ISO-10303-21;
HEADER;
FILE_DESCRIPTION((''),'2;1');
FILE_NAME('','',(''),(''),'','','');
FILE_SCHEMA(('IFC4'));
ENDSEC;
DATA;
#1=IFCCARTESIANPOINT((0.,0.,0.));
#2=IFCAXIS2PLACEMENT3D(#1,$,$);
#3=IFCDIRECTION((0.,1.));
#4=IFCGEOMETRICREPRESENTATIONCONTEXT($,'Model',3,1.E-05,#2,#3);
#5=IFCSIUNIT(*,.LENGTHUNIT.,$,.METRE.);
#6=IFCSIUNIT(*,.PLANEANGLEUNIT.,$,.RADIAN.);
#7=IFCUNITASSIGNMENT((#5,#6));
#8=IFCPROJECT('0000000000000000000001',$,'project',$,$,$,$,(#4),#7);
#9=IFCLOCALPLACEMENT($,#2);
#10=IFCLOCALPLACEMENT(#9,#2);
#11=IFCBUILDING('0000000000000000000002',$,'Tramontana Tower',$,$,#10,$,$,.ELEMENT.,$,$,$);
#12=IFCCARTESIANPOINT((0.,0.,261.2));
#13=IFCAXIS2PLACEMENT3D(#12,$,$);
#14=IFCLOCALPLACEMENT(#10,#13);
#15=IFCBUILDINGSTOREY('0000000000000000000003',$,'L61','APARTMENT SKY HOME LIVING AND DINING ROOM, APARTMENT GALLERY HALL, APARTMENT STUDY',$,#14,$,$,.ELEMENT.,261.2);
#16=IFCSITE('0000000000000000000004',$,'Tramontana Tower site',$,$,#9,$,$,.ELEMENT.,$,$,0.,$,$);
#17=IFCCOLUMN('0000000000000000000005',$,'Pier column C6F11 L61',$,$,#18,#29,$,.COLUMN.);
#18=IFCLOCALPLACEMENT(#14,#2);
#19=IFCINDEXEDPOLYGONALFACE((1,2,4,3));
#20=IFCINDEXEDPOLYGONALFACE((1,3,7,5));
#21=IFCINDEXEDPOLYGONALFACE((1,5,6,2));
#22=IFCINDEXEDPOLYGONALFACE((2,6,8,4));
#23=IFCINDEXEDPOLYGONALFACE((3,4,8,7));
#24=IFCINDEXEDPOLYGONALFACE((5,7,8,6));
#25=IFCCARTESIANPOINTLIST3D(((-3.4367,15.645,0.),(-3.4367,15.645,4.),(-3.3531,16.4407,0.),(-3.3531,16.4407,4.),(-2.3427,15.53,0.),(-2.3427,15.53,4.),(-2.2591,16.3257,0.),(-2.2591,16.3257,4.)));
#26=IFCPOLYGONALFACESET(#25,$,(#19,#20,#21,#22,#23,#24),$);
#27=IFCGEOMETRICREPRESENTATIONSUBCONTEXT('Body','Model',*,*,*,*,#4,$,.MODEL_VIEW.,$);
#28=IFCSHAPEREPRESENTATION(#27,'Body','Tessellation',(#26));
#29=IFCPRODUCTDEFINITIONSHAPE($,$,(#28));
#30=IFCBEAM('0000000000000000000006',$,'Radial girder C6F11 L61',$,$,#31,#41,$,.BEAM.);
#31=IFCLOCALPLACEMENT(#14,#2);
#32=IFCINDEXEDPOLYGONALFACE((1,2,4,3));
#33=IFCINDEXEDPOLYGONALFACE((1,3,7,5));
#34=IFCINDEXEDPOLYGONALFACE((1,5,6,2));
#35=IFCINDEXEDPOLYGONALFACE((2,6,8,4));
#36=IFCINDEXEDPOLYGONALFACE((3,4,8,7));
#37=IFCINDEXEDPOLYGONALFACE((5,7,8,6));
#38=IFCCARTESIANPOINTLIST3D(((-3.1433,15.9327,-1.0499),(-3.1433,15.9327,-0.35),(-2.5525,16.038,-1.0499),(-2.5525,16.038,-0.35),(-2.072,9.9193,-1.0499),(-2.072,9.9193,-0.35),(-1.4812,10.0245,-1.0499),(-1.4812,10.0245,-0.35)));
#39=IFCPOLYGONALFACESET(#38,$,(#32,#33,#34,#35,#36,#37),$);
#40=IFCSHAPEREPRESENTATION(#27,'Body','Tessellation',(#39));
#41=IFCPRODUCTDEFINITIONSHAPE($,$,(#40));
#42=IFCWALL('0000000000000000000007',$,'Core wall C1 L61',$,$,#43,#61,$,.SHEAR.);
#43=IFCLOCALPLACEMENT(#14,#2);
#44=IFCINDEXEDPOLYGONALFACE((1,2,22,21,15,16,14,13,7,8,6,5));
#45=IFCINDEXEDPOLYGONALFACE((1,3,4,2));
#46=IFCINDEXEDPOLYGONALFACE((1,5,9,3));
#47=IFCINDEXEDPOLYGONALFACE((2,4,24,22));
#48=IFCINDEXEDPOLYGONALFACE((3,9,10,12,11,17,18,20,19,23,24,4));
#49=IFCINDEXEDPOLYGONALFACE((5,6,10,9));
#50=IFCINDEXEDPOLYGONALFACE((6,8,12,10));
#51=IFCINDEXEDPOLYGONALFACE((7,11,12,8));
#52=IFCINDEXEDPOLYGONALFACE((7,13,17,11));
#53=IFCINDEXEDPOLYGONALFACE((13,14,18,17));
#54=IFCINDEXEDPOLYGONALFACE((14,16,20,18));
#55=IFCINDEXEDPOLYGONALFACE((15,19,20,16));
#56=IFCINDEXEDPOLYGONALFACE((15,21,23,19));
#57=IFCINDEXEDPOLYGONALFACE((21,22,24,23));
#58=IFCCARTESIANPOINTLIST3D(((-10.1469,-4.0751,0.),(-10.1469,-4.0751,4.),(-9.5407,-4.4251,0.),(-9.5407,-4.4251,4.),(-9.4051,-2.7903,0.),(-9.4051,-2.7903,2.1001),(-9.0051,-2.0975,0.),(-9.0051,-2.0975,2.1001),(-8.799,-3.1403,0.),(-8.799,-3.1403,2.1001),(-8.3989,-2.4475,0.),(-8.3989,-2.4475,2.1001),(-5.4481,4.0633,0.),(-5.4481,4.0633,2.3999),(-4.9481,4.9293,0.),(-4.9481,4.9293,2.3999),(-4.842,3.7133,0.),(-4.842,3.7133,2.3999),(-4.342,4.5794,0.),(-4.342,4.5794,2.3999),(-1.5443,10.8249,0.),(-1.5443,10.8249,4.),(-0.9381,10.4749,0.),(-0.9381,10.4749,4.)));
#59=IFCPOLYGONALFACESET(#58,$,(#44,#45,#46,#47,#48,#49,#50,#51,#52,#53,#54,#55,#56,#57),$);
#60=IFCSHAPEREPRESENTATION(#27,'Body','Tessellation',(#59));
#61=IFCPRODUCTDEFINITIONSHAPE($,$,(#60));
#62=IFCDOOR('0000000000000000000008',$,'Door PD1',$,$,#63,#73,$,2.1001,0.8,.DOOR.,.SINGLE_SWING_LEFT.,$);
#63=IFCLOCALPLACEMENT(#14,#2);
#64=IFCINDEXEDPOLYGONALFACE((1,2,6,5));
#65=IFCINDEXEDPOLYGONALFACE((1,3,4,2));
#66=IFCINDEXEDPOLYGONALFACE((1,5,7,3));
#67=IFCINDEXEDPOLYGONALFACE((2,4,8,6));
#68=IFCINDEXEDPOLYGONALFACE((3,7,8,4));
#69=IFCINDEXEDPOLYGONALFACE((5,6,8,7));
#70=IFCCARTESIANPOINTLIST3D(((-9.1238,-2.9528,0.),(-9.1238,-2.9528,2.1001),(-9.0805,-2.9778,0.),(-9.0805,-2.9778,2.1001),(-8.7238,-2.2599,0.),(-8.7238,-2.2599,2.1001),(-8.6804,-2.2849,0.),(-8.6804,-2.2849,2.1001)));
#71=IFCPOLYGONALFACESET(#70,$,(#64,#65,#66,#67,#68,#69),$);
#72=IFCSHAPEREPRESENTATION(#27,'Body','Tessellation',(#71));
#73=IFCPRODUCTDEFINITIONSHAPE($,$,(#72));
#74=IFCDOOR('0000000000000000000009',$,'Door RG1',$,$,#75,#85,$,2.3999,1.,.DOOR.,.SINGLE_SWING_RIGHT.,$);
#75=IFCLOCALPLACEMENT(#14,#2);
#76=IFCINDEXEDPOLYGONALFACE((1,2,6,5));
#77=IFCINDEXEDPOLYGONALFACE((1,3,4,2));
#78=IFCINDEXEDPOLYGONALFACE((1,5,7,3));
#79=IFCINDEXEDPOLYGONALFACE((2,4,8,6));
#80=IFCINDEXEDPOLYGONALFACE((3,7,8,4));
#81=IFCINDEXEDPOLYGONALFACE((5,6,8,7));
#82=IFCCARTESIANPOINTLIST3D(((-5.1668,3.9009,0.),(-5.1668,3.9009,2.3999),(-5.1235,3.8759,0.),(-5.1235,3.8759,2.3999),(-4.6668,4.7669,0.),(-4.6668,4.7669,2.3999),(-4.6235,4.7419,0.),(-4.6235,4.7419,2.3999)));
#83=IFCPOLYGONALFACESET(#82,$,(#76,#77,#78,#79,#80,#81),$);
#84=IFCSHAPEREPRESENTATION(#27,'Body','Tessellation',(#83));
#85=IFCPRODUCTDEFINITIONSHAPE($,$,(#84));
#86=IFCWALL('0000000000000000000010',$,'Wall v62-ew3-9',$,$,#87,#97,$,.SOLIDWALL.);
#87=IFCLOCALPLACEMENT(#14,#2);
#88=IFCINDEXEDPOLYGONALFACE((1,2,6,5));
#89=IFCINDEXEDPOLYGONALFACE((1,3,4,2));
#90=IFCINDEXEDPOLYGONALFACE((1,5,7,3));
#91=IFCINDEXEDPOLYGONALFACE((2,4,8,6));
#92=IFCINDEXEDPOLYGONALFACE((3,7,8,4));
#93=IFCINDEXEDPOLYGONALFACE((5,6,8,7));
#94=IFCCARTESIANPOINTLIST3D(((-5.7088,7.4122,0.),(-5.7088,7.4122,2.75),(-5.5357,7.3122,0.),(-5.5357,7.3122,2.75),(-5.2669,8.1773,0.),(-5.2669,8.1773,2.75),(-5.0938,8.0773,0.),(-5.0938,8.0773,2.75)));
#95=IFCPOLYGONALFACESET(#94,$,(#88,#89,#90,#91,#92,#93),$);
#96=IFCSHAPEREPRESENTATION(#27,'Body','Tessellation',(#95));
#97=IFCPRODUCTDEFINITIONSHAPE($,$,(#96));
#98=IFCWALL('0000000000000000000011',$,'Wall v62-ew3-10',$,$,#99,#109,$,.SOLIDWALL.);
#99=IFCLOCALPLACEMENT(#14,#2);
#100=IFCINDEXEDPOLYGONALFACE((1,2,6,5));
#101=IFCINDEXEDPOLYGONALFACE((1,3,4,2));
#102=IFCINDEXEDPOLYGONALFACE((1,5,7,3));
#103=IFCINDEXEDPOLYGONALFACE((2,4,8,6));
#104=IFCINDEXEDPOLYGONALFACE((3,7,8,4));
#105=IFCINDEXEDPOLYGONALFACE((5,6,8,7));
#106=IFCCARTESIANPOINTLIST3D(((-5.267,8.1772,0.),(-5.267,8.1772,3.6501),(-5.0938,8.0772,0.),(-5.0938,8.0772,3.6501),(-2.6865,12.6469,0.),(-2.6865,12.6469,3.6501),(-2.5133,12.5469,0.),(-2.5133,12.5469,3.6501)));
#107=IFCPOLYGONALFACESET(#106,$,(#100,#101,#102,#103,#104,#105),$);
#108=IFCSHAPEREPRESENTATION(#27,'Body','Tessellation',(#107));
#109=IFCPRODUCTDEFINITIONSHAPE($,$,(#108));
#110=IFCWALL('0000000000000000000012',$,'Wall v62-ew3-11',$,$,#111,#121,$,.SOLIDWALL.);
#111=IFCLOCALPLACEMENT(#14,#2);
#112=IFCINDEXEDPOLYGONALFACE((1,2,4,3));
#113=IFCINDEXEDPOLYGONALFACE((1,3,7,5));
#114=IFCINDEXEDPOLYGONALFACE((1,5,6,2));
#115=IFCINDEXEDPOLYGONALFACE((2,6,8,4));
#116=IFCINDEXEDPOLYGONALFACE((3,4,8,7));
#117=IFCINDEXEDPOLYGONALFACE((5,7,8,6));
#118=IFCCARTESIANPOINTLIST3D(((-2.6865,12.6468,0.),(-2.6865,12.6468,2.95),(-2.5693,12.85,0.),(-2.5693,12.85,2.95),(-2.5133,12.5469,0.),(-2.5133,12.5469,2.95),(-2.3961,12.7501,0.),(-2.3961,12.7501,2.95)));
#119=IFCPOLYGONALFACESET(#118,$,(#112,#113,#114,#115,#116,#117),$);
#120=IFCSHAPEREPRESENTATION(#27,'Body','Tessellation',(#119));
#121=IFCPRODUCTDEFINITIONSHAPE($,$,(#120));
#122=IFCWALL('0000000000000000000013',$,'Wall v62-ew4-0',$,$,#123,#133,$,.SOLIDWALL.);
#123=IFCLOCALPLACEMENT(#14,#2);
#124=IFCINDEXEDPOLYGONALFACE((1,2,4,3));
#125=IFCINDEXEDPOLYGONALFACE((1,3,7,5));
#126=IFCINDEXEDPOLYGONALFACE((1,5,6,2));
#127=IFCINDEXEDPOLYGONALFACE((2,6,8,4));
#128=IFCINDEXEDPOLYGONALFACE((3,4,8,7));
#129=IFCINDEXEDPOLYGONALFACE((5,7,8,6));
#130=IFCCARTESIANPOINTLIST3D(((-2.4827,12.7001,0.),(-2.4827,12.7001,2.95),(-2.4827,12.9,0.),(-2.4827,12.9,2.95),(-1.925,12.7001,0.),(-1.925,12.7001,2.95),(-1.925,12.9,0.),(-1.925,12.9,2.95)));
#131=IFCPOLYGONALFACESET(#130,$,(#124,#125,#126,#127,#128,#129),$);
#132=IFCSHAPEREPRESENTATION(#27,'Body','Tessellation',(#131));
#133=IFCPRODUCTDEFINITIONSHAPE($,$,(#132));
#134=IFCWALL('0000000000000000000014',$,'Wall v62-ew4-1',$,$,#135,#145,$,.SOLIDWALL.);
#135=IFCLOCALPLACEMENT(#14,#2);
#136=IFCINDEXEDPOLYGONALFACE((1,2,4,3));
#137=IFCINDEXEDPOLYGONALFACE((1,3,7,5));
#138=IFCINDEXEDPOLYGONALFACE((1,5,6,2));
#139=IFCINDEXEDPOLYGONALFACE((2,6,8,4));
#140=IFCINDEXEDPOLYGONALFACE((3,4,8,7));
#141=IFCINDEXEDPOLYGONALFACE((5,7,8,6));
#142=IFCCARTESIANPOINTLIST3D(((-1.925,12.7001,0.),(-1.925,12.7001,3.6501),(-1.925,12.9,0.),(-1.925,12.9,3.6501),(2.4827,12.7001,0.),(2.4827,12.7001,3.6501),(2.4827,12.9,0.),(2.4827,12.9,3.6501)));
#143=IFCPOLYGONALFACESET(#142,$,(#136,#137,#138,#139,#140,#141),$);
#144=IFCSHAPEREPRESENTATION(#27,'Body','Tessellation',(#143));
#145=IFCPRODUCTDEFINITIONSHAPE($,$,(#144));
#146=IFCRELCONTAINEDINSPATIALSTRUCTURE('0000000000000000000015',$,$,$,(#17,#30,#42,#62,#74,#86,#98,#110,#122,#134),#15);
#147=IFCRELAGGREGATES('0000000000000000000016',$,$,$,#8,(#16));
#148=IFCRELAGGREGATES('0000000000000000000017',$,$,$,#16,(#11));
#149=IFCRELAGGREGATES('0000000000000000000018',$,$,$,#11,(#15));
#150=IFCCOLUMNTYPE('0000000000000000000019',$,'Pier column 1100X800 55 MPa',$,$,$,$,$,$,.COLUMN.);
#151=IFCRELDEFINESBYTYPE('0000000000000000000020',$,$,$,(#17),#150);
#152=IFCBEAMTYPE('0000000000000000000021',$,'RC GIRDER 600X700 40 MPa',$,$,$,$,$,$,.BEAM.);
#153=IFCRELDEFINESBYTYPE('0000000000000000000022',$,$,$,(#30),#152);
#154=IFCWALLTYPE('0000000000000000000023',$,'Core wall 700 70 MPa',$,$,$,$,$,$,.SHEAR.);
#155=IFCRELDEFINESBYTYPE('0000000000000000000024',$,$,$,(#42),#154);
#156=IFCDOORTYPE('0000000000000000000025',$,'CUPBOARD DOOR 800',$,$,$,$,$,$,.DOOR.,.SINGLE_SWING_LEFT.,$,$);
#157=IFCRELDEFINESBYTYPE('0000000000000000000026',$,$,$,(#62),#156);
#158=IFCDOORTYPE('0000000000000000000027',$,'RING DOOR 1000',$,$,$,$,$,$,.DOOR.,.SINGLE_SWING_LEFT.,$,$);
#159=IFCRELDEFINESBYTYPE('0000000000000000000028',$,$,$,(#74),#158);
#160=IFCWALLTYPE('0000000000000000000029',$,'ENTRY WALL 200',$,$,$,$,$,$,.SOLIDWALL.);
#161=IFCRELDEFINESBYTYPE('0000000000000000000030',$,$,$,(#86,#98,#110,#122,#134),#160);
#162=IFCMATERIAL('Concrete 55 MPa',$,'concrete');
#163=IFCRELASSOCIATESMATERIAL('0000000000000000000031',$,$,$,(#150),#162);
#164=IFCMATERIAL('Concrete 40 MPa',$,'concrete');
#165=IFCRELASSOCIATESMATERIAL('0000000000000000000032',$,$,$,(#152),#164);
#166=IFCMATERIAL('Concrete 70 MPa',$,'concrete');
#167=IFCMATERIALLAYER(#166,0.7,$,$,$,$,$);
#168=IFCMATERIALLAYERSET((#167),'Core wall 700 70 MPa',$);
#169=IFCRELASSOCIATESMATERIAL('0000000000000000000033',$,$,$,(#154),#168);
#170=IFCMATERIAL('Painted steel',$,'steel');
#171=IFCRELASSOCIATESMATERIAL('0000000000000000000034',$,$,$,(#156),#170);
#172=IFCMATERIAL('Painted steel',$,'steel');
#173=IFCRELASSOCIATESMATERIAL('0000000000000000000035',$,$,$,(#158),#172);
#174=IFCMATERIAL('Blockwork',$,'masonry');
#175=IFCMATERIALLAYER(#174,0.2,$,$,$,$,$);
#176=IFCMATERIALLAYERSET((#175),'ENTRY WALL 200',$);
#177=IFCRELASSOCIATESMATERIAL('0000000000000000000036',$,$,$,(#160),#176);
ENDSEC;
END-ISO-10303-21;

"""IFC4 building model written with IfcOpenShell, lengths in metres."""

from ifc_helpers import new_model, si_unit, direction, frame, frame_2d, origin, origin_2d, place, context, subcontext, project, spatial, rectangle, extrude, material, layer, layer_set, material_profile, profile_set, type_object, element, fill, save


model = new_model("IFC4")

# Units and contexts
model_context = context("Model", 3, precision=1e-05, world=origin(), true_north=direction((0.0, 1.0)))
body_context = subcontext(model_context, "Body", "Model", "MODEL_VIEW")
ifc_project = project(units=[si_unit("LENGTHUNIT", "METRE"), si_unit("PLANEANGLEUNIT", "RADIAN")], contexts=[model_context])

# Site, building, storey
site_placement = place(None, origin())
site = spatial("IfcSite", under=ifc_project, at=site_placement, Name="Tramontana Tower site", CompositionType="ELEMENT", RefElevation=0.0)
building_placement = place(site_placement, origin())
building = spatial("IfcBuilding", under=site, at=building_placement, Name="Tramontana Tower", CompositionType="ELEMENT")
storey_placement = place(building_placement, frame((0.0, 0.0, 261.2)))
storey = spatial("IfcBuildingStorey", under=building, at=storey_placement, Name="L61", Description="APARTMENT SKY HOME LIVING AND DINING ROOM, APARTMENT GALLERY HALL, APARTMENT STUDY", CompositionType="ELEMENT", Elevation=261.2)

# Column
ifc_material_1 = material(Name="Concrete 55 MPa", Category="concrete")
ifc_material_profile_1 = material_profile(ifc_material_1, rectangle(XDim=1.1001, YDim=0.8, at=origin_2d()), Name="Pier column 1100X800 55 MPa")
ifc_profile_set_1 = profile_set([ifc_material_profile_1], Name="Concrete 55 MPa")
column_type = type_object("IfcColumnType", Name="Pier column 1100X800 55 MPa", PredefinedType="COLUMN", material=ifc_profile_set_1)
column_placement = place(storey_placement, frame((-2.8479, 15.9854, 0.0), z_axis=(0.0, 0.0, 1.0), x_axis=(-0.994522, 0.104528, 0.0)))
element("IfcColumn", 1, at=column_placement, inside=storey, type_object=column_type, Name="Pier column C6F11 L61", PredefinedType="COLUMN", context=body_context, shape_type="SweptSolid", body=[
    extrude(rectangle(XDim=1.1001, YDim=0.8, at=origin_2d()), origin(), (0.0, 0.0, 1.0), 4.0),
])

# Beam
ifc_material_2 = material(Name="Concrete 40 MPa", Category="concrete")
ifc_material_profile_2 = material_profile(ifc_material_2, rectangle(XDim=0.6001, YDim=0.7, at=origin_2d()), Name="RC GIRDER 600X700 40 MPa")
ifc_profile_set_2 = profile_set([ifc_material_profile_2], Name="Concrete 40 MPa")
beam_type = type_object("IfcBeamType", Name="RC GIRDER 600X700 40 MPa", PredefinedType="BEAM", material=ifc_profile_set_2)
beam_placement = place(storey_placement, frame((-2.8479, 15.9854, -0.7), z_axis=(0.175388, -0.984499, 0.0), x_axis=(0.984499, 0.175388, 0.0)))
element("IfcBeam", 2, at=beam_placement, inside=storey, type_object=beam_type, Name="Radial girder C6F11 L61", PredefinedType="BEAM", context=body_context, shape_type="SweptSolid", body=[
    extrude(rectangle(XDim=0.6001, YDim=0.7, at=origin_2d()), origin(), (0.0, 0.0, 1.0), 6.1082),
])

# Wall, openings, doors
ifc_material_3 = material(Name="Concrete 70 MPa", Category="concrete")
ifc_layer_1 = layer(ifc_material_3, 0.7)
ifc_layer_set_1 = layer_set([ifc_layer_1], Name="Core wall 700 70 MPa")
wall_type_1 = type_object("IfcWallType", Name="Core wall 700 70 MPa", PredefinedType="SHEAR", material=ifc_layer_set_1)
wall_1_placement = place(storey_placement, frame((-1.2412, 10.6499, 0.0), z_axis=(0.0, 0.0, 1.0), x_axis=(-0.500003, -0.866023, 0.0)))
wall_1 = element("IfcWall", 3, at=wall_1_placement, inside=storey, type_object=wall_type_1, Name="Core wall C1 L61", PredefinedType="SHEAR", context=body_context, shape_type="SweptSolid", body=[
    extrude(rectangle(XDim=17.2051, YDim=0.7, at=frame_2d((8.6025, 0.0))), origin(), (0.0, 0.0, 1.0), 4.0),
])
opening_1_placement = place(wall_1_placement, frame((6.8076, 0.0, 0.0)))
opening_1 = element("IfcOpeningElement", 4, at=opening_1_placement, cuts=wall_1, PredefinedType="OPENING", context=body_context, shape_type="SweptSolid", body=[
    extrude(rectangle(XDim=1.0, YDim=2.3999, at=frame_2d((0.5, 1.2))), frame((0.0, 0.3599, 0.0), z_axis=(0.0, -1.0, 0.0), x_axis=(1.0, 0.0, 0.0)), (0.0, 0.0, 1.0), 0.72),
])
opening_2_placement = place(wall_1_placement, frame((14.9216, 0.0, 0.0)))
opening_2 = element("IfcOpeningElement", 5, at=opening_2_placement, cuts=wall_1, PredefinedType="OPENING", context=body_context, shape_type="SweptSolid", body=[
    extrude(rectangle(XDim=0.8, YDim=2.1001, at=frame_2d((0.3999, 1.05))), frame((0.0, 0.3599, 0.0), z_axis=(0.0, -1.0, 0.0), x_axis=(1.0, 0.0, 0.0)), (0.0, 0.0, 1.0), 0.72),
])
ifc_material_4 = material(Name="Painted steel", Category="steel")
door_type_1 = type_object("IfcDoorType", Name="CUPBOARD DOOR 800", OperationType="SINGLE_SWING_LEFT", PredefinedType="DOOR", material=ifc_material_4)
door_1_placement = place(opening_2_placement, origin())
door_1 = element("IfcDoor", 6, at=door_1_placement, inside=storey, type_object=door_type_1, Name="Door PD1", OperationType="SINGLE_SWING_LEFT", OverallHeight=2.1001, OverallWidth=0.8, PredefinedType="DOOR", context=body_context, shape_type="SweptSolid", body=[
    extrude(rectangle(XDim=0.8, YDim=2.1001, at=frame_2d((0.3999, 1.05))), frame((0.0, 0.0249, 0.0), z_axis=(0.0, -1.0, 0.0), x_axis=(1.0, 0.0, 0.0)), (0.0, 0.0, 1.0), 0.05),
])
fill(opening_2, door_1)
ifc_material_5 = material(Name="Painted steel", Category="steel")
door_type_2 = type_object("IfcDoorType", Name="RING DOOR 1000", OperationType="SINGLE_SWING_LEFT", PredefinedType="DOOR", material=ifc_material_5)
door_2_placement = place(opening_1_placement, origin())
door_2 = element("IfcDoor", 7, at=door_2_placement, inside=storey, type_object=door_type_2, Name="Door RG1", OperationType="SINGLE_SWING_RIGHT", OverallHeight=2.3999, OverallWidth=1.0, PredefinedType="DOOR", context=body_context, shape_type="SweptSolid", body=[
    extrude(rectangle(XDim=1.0, YDim=2.3999, at=frame_2d((0.5, 1.2))), frame((0.0, 0.0249, 0.0), z_axis=(0.0, -1.0, 0.0), x_axis=(1.0, 0.0, 0.0)), (0.0, 0.0, 1.0), 0.05),
])
fill(opening_1, door_2)

# Walls
ifc_material_6 = material(Name="Blockwork", Category="masonry")
ifc_layer_2 = layer(ifc_material_6, 0.2)
ifc_layer_set_2 = layer_set([ifc_layer_2], Name="ENTRY WALL 200")
wall_type_2 = type_object("IfcWallType", Name="ENTRY WALL 200", PredefinedType="SOLIDWALL", material=ifc_layer_set_2)
wall_2_placement = place(storey_placement, frame((-5.6223, 7.3621, 0.0), z_axis=(0.0, 0.0, 1.0), x_axis=(0.500121, 0.865955, 0.0)))
element("IfcWall", 8, at=wall_2_placement, inside=storey, type_object=wall_type_2, Name="Wall v62-ew3-9", PredefinedType="SOLIDWALL", context=body_context, shape_type="SweptSolid", body=[
    extrude(rectangle(XDim=0.8835, YDim=0.2, at=frame_2d((0.4419, 0.0))), origin(), (0.0, 0.0, 1.0), 2.75),
])
wall_3_placement = place(storey_placement, frame((-5.1804, 8.1272, 0.0), z_axis=(0.0, 0.0, 1.0), x_axis=(0.499995, 0.866028, 0.0)))
element("IfcWall", 9, at=wall_3_placement, inside=storey, type_object=wall_type_2, Name="Wall v62-ew3-10", PredefinedType="SOLIDWALL", context=body_context, shape_type="SweptSolid", body=[
    extrude(rectangle(XDim=5.1611, YDim=0.2, at=frame_2d((2.5806, 0.0))), origin(), (0.0, 0.0, 1.0), 3.6501),
])
wall_4_placement = place(storey_placement, frame((-2.5999, 12.5969, 0.0), z_axis=(0.0, 0.0, 1.0), x_axis=(0.499722, 0.866186, 0.0)))
element("IfcWall", 10, at=wall_4_placement, inside=storey, type_object=wall_type_2, Name="Wall v62-ew3-11", PredefinedType="SOLIDWALL", context=body_context, shape_type="SweptSolid", body=[
    extrude(rectangle(XDim=0.2346, YDim=0.2, at=frame_2d((0.1172, 0.0))), origin(), (0.0, 0.0, 1.0), 2.95),
])
wall_5_placement = place(storey_placement, frame((-2.4827, 12.8, 0.0), z_axis=(0.0, 0.0, 1.0), x_axis=(1.0, 0.0, 0.0)))
element("IfcWall", 11, at=wall_5_placement, inside=storey, type_object=wall_type_2, Name="Wall v62-ew4-0", PredefinedType="SOLIDWALL", context=body_context, shape_type="SweptSolid", body=[
    extrude(rectangle(XDim=0.5576, YDim=0.2, at=frame_2d((0.2788, 0.0))), origin(), (0.0, 0.0, 1.0), 2.95),
])
wall_6_placement = place(storey_placement, frame((-1.925, 12.8, 0.0), z_axis=(0.0, 0.0, 1.0), x_axis=(1.0, 0.0, 0.0)))
element("IfcWall", 12, at=wall_6_placement, inside=storey, type_object=wall_type_2, Name="Wall v62-ew4-1", PredefinedType="SOLIDWALL", context=body_context, shape_type="SweptSolid", body=[
    extrude(rectangle(XDim=4.4077, YDim=0.2, at=frame_2d((2.2039, 0.0))), origin(), (0.0, 0.0, 1.0), 3.6501),
])

save(model, "model.ifc")
